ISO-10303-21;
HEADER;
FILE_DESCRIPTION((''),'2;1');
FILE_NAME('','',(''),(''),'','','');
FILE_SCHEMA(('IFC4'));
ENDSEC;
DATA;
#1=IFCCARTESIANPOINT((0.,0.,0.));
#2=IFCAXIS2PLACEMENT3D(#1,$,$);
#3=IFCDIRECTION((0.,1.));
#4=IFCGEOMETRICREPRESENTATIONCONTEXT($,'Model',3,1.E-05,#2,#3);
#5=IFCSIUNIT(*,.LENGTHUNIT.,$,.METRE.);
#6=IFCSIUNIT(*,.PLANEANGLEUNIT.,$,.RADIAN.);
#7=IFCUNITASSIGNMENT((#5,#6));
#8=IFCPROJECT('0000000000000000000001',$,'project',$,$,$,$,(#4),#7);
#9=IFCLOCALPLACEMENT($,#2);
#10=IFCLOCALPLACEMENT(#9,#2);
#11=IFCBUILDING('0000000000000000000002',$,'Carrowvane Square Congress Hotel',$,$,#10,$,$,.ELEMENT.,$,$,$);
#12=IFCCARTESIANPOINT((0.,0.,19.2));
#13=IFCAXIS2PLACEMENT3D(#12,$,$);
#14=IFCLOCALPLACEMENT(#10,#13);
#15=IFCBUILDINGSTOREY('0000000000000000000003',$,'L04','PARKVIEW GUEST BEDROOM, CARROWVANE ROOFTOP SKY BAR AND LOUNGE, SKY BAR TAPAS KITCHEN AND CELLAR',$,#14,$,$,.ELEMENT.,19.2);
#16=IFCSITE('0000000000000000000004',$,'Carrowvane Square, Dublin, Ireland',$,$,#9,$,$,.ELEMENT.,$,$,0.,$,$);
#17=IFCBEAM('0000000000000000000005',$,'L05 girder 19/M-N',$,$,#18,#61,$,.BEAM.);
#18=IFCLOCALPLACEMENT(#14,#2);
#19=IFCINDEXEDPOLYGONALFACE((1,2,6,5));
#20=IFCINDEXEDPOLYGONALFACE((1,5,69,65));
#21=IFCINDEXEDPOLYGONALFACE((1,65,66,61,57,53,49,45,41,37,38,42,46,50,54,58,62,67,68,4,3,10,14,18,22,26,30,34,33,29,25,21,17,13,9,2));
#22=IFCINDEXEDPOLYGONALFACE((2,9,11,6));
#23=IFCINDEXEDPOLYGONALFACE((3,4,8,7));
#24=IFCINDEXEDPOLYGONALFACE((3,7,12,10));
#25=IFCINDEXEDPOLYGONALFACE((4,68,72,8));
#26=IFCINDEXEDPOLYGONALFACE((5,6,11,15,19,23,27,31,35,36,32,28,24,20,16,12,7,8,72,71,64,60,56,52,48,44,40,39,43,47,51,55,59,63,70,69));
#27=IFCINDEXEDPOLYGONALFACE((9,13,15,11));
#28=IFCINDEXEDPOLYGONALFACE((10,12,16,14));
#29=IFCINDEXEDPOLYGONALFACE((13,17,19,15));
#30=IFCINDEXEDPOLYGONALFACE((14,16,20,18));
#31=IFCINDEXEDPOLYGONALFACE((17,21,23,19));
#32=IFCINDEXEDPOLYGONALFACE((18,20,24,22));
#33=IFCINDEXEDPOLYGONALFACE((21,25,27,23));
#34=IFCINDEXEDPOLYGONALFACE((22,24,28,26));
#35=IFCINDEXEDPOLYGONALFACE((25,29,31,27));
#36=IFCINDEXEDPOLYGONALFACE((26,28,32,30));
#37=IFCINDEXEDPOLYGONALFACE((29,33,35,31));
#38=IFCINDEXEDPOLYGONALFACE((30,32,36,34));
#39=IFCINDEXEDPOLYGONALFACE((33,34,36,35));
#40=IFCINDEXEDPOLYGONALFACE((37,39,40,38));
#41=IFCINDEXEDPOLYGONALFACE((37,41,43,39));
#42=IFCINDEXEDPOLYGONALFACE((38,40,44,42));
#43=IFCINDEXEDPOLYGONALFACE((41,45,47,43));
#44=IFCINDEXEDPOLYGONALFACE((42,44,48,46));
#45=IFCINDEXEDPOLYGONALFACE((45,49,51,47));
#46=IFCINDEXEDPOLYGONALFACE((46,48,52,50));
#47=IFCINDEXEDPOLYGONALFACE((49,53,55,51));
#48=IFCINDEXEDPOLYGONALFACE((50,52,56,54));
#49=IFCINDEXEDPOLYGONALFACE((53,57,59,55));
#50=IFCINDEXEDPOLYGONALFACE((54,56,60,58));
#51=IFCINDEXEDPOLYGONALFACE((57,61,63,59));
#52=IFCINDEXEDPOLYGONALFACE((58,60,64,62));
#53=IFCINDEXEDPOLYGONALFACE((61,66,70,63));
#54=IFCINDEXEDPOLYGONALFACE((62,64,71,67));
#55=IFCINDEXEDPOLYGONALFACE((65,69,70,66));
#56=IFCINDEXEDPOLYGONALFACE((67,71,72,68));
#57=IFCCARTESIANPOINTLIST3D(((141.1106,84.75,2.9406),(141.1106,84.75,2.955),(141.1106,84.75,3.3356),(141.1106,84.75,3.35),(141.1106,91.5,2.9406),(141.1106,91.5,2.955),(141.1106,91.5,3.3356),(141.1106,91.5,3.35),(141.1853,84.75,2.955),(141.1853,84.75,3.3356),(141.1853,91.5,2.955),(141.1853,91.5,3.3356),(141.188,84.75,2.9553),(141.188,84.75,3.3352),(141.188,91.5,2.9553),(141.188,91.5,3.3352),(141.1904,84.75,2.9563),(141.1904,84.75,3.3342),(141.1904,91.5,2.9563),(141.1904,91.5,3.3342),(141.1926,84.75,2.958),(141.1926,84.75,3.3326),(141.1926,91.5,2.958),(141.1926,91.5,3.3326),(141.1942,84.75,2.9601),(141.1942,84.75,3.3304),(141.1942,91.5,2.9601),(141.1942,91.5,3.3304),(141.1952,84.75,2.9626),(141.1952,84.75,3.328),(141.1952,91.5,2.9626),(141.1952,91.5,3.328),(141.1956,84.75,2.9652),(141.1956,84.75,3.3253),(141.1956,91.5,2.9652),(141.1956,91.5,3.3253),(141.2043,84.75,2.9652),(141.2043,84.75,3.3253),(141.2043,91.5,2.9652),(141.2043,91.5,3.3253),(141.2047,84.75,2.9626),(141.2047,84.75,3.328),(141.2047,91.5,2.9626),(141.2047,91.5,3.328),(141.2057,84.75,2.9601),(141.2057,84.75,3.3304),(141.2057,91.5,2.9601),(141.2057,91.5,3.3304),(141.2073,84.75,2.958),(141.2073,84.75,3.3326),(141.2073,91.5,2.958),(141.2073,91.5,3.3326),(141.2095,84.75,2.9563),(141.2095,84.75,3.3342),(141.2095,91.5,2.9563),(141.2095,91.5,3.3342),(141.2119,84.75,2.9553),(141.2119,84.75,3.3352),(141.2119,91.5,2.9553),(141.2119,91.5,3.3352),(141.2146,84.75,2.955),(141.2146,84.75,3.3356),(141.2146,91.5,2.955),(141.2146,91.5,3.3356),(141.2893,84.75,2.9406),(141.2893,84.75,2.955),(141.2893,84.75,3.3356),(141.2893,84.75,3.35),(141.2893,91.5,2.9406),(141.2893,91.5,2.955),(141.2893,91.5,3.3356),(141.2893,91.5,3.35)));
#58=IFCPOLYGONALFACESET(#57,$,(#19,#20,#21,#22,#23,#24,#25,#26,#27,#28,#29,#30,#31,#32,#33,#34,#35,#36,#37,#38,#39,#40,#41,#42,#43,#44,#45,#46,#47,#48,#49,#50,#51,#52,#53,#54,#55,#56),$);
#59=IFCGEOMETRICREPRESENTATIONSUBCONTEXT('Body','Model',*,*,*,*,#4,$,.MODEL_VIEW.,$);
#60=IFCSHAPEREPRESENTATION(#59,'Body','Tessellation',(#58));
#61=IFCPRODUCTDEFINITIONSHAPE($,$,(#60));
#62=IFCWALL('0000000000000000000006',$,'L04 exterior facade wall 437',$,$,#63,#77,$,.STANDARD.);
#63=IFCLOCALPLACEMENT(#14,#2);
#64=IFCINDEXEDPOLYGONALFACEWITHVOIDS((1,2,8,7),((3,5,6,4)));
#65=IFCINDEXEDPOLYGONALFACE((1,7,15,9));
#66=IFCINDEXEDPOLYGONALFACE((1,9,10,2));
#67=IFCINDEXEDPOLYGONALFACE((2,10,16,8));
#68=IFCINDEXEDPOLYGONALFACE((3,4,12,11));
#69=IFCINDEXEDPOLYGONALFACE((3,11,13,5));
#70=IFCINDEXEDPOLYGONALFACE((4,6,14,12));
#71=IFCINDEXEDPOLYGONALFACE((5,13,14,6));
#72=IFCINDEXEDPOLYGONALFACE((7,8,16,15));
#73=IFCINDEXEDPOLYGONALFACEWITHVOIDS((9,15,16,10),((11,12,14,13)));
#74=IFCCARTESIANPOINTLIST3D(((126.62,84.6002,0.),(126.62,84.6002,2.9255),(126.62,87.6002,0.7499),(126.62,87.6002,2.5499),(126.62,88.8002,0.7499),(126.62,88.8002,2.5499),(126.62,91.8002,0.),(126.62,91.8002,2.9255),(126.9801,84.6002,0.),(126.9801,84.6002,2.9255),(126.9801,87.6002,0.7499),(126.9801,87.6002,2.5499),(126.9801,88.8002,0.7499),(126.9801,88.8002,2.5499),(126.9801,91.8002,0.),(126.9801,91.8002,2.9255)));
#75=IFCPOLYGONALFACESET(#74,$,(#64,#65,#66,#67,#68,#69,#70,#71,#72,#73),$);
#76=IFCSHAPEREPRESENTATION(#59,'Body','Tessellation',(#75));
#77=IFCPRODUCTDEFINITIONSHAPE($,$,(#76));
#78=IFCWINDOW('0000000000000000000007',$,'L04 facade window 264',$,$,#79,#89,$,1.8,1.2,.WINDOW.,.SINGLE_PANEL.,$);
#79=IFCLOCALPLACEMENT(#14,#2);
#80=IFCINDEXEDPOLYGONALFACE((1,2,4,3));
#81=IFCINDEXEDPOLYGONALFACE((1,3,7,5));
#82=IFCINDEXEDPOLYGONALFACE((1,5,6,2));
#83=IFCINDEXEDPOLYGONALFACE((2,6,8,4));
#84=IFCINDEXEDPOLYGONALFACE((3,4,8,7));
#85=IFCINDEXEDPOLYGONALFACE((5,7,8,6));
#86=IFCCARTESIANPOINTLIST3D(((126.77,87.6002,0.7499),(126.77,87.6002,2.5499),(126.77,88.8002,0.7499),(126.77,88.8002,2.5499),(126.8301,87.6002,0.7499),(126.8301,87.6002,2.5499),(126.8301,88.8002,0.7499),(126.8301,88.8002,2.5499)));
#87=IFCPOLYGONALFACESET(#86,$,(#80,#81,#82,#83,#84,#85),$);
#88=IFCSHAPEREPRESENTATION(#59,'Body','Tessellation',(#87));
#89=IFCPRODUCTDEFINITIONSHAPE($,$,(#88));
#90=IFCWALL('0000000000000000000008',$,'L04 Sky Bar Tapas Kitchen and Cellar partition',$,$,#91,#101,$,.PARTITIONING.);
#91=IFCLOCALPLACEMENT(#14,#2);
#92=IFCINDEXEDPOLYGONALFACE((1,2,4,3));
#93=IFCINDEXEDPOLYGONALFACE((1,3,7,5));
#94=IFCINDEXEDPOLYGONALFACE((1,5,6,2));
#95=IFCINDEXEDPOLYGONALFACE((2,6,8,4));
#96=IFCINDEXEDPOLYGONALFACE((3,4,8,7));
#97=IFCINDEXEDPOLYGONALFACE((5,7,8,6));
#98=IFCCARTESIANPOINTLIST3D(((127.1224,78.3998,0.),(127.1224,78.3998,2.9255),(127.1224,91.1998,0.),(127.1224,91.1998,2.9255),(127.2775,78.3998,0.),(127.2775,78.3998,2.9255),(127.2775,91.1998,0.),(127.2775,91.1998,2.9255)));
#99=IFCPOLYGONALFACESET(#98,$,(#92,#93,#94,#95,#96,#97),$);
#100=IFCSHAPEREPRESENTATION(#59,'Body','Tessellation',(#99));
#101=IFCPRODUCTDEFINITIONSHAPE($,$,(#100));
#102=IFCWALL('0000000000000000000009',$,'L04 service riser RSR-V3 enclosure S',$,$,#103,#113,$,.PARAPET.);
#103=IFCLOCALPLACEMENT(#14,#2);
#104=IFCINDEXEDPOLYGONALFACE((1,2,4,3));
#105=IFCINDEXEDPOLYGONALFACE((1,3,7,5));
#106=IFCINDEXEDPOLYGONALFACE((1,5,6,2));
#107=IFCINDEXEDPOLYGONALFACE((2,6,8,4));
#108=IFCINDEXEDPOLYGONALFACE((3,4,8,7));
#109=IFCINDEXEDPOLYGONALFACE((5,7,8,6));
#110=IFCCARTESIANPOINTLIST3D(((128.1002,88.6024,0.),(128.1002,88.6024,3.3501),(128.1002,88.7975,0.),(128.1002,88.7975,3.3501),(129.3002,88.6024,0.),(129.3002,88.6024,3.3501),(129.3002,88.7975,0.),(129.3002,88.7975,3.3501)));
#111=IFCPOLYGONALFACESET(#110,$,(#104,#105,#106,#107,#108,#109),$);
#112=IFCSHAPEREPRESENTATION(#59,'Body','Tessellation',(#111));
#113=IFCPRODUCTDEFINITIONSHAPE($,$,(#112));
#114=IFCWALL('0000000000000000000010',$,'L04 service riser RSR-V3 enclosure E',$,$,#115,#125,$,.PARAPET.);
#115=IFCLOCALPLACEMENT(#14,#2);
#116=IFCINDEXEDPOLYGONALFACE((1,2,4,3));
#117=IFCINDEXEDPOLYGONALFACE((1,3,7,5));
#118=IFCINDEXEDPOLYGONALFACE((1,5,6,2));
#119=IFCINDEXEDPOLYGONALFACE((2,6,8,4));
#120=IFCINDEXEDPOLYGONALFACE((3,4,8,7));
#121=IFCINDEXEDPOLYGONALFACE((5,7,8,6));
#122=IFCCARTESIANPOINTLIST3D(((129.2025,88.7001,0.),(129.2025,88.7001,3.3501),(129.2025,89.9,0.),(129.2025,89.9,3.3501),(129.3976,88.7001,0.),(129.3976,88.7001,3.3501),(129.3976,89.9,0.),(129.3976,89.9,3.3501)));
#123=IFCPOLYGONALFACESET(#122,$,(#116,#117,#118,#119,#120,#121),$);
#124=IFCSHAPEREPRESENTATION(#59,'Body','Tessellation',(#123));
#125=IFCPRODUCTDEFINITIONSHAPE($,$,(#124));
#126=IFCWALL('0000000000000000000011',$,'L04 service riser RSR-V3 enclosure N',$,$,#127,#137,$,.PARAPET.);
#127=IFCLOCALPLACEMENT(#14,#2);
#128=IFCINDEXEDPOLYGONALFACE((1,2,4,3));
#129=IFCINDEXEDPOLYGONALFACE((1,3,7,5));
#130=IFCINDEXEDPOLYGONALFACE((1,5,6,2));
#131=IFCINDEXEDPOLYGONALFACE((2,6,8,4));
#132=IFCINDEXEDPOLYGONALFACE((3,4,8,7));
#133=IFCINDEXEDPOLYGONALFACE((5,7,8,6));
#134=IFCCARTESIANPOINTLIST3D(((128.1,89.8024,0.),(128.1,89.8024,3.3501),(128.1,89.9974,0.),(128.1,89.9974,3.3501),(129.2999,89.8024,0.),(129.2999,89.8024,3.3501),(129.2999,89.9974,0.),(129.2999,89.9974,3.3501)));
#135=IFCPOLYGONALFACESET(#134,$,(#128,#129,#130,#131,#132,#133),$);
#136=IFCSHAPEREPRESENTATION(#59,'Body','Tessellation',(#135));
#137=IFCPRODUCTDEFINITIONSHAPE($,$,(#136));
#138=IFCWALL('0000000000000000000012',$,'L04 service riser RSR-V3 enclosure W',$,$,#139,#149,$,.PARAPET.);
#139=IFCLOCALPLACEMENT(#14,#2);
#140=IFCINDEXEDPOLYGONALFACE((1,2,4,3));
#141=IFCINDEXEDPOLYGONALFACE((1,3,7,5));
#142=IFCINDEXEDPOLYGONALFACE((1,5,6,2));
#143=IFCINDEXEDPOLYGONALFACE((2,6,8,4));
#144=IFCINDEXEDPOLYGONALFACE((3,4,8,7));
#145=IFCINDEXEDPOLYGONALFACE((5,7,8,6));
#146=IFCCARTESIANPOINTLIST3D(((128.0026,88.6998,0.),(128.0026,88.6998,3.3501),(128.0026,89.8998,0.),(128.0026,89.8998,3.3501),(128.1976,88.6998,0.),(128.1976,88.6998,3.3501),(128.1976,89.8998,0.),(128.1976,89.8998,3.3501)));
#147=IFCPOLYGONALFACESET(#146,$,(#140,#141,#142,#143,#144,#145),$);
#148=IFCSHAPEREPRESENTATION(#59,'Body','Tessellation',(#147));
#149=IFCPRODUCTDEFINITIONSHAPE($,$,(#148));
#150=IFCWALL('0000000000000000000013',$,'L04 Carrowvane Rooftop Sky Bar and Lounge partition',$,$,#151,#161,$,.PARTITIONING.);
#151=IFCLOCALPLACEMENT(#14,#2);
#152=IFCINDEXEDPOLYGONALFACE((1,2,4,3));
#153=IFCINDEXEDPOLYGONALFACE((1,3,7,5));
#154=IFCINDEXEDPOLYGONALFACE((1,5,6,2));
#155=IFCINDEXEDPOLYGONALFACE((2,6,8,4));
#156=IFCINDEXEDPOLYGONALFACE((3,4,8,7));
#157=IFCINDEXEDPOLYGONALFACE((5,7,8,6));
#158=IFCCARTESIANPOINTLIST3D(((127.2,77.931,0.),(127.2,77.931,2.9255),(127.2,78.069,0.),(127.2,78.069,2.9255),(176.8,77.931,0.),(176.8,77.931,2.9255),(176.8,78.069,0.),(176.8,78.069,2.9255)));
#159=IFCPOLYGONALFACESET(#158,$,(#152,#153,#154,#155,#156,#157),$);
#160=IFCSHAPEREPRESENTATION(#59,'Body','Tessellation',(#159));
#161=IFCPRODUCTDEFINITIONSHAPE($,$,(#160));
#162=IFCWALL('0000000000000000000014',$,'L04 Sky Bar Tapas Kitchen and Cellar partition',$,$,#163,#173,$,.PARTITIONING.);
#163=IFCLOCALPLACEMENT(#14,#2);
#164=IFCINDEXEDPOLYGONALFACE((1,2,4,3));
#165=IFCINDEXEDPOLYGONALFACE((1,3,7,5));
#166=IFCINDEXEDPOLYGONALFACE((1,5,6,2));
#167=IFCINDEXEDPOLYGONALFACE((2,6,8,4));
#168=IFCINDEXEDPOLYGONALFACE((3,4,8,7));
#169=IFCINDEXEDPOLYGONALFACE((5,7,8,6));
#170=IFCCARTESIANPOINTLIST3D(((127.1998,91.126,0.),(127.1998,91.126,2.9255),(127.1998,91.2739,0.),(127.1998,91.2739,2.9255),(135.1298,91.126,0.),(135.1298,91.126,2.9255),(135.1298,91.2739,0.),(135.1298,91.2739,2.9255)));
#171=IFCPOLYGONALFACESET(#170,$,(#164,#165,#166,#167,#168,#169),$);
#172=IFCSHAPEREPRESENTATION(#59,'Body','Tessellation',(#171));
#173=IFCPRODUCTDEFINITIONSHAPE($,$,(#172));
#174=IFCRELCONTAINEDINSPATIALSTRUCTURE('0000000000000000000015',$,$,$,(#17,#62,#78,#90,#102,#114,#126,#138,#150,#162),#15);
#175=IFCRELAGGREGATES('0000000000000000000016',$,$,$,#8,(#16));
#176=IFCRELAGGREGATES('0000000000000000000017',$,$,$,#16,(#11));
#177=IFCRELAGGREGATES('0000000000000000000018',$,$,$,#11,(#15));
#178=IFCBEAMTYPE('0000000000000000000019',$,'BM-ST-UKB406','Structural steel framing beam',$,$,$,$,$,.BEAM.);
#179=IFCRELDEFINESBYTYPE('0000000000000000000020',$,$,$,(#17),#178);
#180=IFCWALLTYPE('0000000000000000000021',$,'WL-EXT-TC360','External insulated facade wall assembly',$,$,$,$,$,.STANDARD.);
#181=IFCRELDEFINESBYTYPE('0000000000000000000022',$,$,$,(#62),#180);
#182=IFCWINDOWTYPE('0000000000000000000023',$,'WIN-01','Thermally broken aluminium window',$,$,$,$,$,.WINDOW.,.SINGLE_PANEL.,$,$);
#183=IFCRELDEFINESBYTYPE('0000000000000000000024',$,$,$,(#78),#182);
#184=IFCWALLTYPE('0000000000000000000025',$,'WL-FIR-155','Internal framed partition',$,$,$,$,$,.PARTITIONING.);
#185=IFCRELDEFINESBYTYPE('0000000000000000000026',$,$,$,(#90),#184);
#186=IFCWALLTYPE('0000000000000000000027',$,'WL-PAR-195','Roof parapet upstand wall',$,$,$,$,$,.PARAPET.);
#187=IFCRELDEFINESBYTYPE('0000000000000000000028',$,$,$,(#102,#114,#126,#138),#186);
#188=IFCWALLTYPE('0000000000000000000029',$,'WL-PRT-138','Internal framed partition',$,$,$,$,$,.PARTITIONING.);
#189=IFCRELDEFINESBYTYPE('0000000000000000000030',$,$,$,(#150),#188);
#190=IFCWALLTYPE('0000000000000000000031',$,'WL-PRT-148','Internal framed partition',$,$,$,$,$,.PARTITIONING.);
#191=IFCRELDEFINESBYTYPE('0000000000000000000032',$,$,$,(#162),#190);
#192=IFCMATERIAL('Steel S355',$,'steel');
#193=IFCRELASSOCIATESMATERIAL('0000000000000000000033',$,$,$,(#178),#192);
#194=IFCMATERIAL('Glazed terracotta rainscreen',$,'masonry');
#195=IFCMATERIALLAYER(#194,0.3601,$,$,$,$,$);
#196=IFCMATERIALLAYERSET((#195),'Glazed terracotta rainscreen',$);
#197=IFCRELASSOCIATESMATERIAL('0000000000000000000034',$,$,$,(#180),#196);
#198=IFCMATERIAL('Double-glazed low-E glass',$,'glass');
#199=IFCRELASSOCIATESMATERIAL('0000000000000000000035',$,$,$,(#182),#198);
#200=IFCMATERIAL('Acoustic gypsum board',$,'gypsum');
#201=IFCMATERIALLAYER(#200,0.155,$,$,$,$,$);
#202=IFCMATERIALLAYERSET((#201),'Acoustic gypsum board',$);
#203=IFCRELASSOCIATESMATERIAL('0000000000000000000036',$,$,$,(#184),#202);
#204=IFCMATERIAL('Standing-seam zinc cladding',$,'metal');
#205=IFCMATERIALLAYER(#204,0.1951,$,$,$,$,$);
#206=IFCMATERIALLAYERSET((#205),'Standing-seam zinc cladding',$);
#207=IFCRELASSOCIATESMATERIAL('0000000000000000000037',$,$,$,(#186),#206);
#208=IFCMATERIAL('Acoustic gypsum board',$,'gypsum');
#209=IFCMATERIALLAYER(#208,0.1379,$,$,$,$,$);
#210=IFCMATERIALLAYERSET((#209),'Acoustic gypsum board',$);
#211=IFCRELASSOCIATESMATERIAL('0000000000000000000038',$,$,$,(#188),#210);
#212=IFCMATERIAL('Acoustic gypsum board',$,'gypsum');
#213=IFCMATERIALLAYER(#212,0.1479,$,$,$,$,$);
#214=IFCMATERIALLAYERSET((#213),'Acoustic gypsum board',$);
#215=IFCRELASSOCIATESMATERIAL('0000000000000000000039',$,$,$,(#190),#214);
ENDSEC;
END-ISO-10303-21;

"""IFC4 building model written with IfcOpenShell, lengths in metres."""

from ifc_helpers import new_model, si_unit, direction, frame, frame_2d, origin, origin_2d, place, context, subcontext, project, spatial, rectangle, i_section, extrude, material, layer, layer_set, material_profile, profile_set, type_object, element, fill, save


model = new_model("IFC4")

# Units and contexts
model_context = context("Model", 3, precision=1e-05, world=origin(), true_north=direction((0.0, 1.0)))
body_context = subcontext(model_context, "Body", "Model", "MODEL_VIEW")
ifc_project = project(units=[si_unit("LENGTHUNIT", "METRE"), si_unit("PLANEANGLEUNIT", "RADIAN")], contexts=[model_context])

# Site, building, storey
site_placement = place(None, origin())
site = spatial("IfcSite", under=ifc_project, at=site_placement, Name="Carrowvane Square, Dublin, Ireland", CompositionType="ELEMENT", RefElevation=0.0)
building_placement = place(site_placement, origin())
building = spatial("IfcBuilding", under=site, at=building_placement, Name="Carrowvane Square Congress Hotel", CompositionType="ELEMENT")
storey_placement = place(building_placement, frame((0.0, 0.0, 19.2)))
storey = spatial("IfcBuildingStorey", under=building, at=storey_placement, Name="L04", Description="PARKVIEW GUEST BEDROOM, CARROWVANE ROOFTOP SKY BAR AND LOUNGE, SKY BAR TAPAS KITCHEN AND CELLAR", CompositionType="ELEMENT", Elevation=19.2)

# Beam
ifc_material_1 = material(Name="Steel S355", Category="steel")
ifc_material_profile_1 = material_profile(ifc_material_1, i_section(OverallWidth=0.1787, OverallDepth=0.4094, WebThickness=0.0088, FlangeThickness=0.0144, FilletRadius=0.0103, at=origin_2d()), Name="UKB 406x178x67")
ifc_profile_set_1 = profile_set([ifc_material_profile_1], Name="Steel S355")
beam_type_1 = type_object("IfcBeamType", Name="BM-ST-UKB406", Description="Structural steel framing beam", PredefinedType="BEAM", material=ifc_profile_set_1)
beam_1_placement = place(storey_placement, frame((141.2, 84.75, 3.1453), z_axis=(0.0, 1.0, 0.0), x_axis=(-1.0, 0.0, 0.0)))
element("IfcBeam", 1, at=beam_1_placement, inside=storey, type_object=beam_type_1, Name="L05 girder 19/M-N", PredefinedType="BEAM", context=body_context, shape_type="SweptSolid", body=[
    extrude(i_section(OverallWidth=0.1787, OverallDepth=0.4094, WebThickness=0.0088, FlangeThickness=0.0144, FilletRadius=0.0103, at=origin_2d()), origin(), (0.0, 0.0, 1.0), 6.75),
])

# Wall, opening, window
ifc_material_2 = material(Name="Glazed terracotta rainscreen", Category="masonry")
ifc_layer_1 = layer(ifc_material_2, 0.3601)
ifc_layer_set_1 = layer_set([ifc_layer_1], Name="Glazed terracotta rainscreen")
wall_type_1 = type_object("IfcWallType", Name="WL-EXT-TC360", Description="External insulated facade wall assembly", PredefinedType="STANDARD", material=ifc_layer_set_1)
wall_1_placement = place(storey_placement, frame((126.8, 84.6001, 0.0), z_axis=(0.0, 0.0, 1.0), x_axis=(0.0, 1.0, 0.0)))
wall_1 = element("IfcWall", 2, at=wall_1_placement, inside=storey, type_object=wall_type_1, Name="L04 exterior facade wall 437", PredefinedType="STANDARD", context=body_context, shape_type="SweptSolid", body=[
    extrude(rectangle(XDim=7.2, YDim=0.3601, at=frame_2d((3.6001, 0.0))), origin(), (0.0, 0.0, 1.0), 2.9255),
])
opening_1_placement = place(wall_1_placement, frame((3.0, 0.0, 0.75)))
opening_1 = element("IfcOpeningElement", 3, at=opening_1_placement, cuts=wall_1, PredefinedType="OPENING", context=body_context, shape_type="SweptSolid", body=[
    extrude(rectangle(XDim=1.2, YDim=1.8, at=frame_2d((0.6001, 0.8999))), frame((0.0, 0.1899, 0.0), z_axis=(0.0, -1.0, 0.0), x_axis=(1.0, 0.0, 0.0)), (0.0, 0.0, 1.0), 0.3801),
])
ifc_material_3 = material(Name="Double-glazed low-E glass", Category="glass")
window_type = type_object("IfcWindowType", Name="WIN-01", Description="Thermally broken aluminium window", PartitioningType="SINGLE_PANEL", PredefinedType="WINDOW", material=ifc_material_3)
window_placement = place(opening_1_placement, origin())
window = element("IfcWindow", 4, at=window_placement, inside=storey, type_object=window_type, Name="L04 facade window 264", OverallHeight=1.8, OverallWidth=1.2, PartitioningType="SINGLE_PANEL", PredefinedType="WINDOW", context=body_context, shape_type="SweptSolid", body=[
    extrude(rectangle(XDim=1.2, YDim=1.8, at=frame_2d((0.6001, 0.8999))), frame((0.0, 0.03, 0.0), z_axis=(0.0, -1.0, 0.0), x_axis=(1.0, 0.0, 0.0)), (0.0, 0.0, 1.0), 0.0601),
])
fill(opening_1, window)

# Walls
ifc_material_4 = material(Name="Acoustic gypsum board", Category="gypsum")
ifc_layer_2 = layer(ifc_material_4, 0.155)
ifc_layer_set_2 = layer_set([ifc_layer_2], Name="Acoustic gypsum board")
wall_type_2 = type_object("IfcWallType", Name="WL-FIR-155", Description="Internal framed partition", PredefinedType="PARTITIONING", material=ifc_layer_set_2)
wall_2_placement = place(storey_placement, frame((127.2, 78.3999, 0.0), z_axis=(0.0, 0.0, 1.0), x_axis=(0.0, 1.0, 0.0)))
element("IfcWall", 5, at=wall_2_placement, inside=storey, type_object=wall_type_2, Name="L04 Sky Bar Tapas Kitchen and Cellar partition", PredefinedType="PARTITIONING", context=body_context, shape_type="SweptSolid", body=[
    extrude(rectangle(XDim=12.8, YDim=0.155, at=frame_2d((6.3999, 0.0))), origin(), (0.0, 0.0, 1.0), 2.9255),
])
ifc_material_5 = material(Name="Standing-seam zinc cladding", Category="metal")
ifc_layer_3 = layer(ifc_material_5, 0.1951)
ifc_layer_set_3 = layer_set([ifc_layer_3], Name="Standing-seam zinc cladding")
wall_type_3 = type_object("IfcWallType", Name="WL-PAR-195", Description="Roof parapet upstand wall", PredefinedType="PARAPET", material=ifc_layer_set_3)
for number, where, z_axis, x_axis, name in (
    (6, (128.1001, 88.7, 0.0), (0.0, 0.0, 1.0), (1.0, 0.0, 0.0), "L04 service riser RSR-V3 enclosure S"),
    (7, (129.3, 88.7, 0.0), (0.0, 0.0, 1.0), (0.0, 1.0, 0.0), "L04 service riser RSR-V3 enclosure E"),
    (8, (129.3, 89.8999, 0.0), (0.0, 0.0, 1.0), (-1.0, 0.0, 0.0), "L04 service riser RSR-V3 enclosure N"),
    (9, (128.1001, 89.8999, 0.0), (0.0, 0.0, 1.0), (0.0, -1.0, 0.0), "L04 service riser RSR-V3 enclosure W"),
):
    element("IfcWall", number, at=place(storey_placement, frame(where, z_axis=z_axis, x_axis=x_axis)), inside=storey, type_object=wall_type_3, Name=name, PredefinedType="PARAPET", context=body_context, shape_type="SweptSolid", body=[
        extrude(rectangle(XDim=1.2, YDim=0.1951, at=frame_2d((0.6001, 0.0))), origin(), (0.0, 0.0, 1.0), 3.3501),
    ])
ifc_material_6 = material(Name="Acoustic gypsum board", Category="gypsum")
ifc_layer_4 = layer(ifc_material_6, 0.1379)
ifc_layer_set_4 = layer_set([ifc_layer_4], Name="Acoustic gypsum board")
wall_type_4 = type_object("IfcWallType", Name="WL-PRT-138", Description="Internal framed partition", PredefinedType="PARTITIONING", material=ifc_layer_set_4)
wall_3_placement = place(storey_placement, frame((127.2, 78.0, 0.0), z_axis=(0.0, 0.0, 1.0), x_axis=(1.0, 0.0, 0.0)))
element("IfcWall", 10, at=wall_3_placement, inside=storey, type_object=wall_type_4, Name="L04 Carrowvane Rooftop Sky Bar and Lounge partition", PredefinedType="PARTITIONING", context=body_context, shape_type="SweptSolid", body=[
    extrude(rectangle(XDim=49.6001, YDim=0.1379, at=frame_2d((24.8, 0.0))), origin(), (0.0, 0.0, 1.0), 2.9255),
])
ifc_material_7 = material(Name="Acoustic gypsum board", Category="gypsum")
ifc_layer_5 = layer(ifc_material_7, 0.1479)
ifc_layer_set_5 = layer_set([ifc_layer_5], Name="Acoustic gypsum board")
wall_type_5 = type_object("IfcWallType", Name="WL-PRT-148", Description="Internal framed partition", PredefinedType="PARTITIONING", material=ifc_layer_set_5)
wall_4_placement = place(storey_placement, frame((127.2, 91.2, 0.0), z_axis=(0.0, 0.0, 1.0), x_axis=(1.0, 0.0, 0.0)))
element("IfcWall", 11, at=wall_4_placement, inside=storey, type_object=wall_type_5, Name="L04 Sky Bar Tapas Kitchen and Cellar partition", PredefinedType="PARTITIONING", context=body_context, shape_type="SweptSolid", body=[
    extrude(rectangle(XDim=7.9299, YDim=0.1479, at=frame_2d((3.9648, 0.0))), origin(), (0.0, 0.0, 1.0), 2.9255),
])

save(model, "model.ifc")
